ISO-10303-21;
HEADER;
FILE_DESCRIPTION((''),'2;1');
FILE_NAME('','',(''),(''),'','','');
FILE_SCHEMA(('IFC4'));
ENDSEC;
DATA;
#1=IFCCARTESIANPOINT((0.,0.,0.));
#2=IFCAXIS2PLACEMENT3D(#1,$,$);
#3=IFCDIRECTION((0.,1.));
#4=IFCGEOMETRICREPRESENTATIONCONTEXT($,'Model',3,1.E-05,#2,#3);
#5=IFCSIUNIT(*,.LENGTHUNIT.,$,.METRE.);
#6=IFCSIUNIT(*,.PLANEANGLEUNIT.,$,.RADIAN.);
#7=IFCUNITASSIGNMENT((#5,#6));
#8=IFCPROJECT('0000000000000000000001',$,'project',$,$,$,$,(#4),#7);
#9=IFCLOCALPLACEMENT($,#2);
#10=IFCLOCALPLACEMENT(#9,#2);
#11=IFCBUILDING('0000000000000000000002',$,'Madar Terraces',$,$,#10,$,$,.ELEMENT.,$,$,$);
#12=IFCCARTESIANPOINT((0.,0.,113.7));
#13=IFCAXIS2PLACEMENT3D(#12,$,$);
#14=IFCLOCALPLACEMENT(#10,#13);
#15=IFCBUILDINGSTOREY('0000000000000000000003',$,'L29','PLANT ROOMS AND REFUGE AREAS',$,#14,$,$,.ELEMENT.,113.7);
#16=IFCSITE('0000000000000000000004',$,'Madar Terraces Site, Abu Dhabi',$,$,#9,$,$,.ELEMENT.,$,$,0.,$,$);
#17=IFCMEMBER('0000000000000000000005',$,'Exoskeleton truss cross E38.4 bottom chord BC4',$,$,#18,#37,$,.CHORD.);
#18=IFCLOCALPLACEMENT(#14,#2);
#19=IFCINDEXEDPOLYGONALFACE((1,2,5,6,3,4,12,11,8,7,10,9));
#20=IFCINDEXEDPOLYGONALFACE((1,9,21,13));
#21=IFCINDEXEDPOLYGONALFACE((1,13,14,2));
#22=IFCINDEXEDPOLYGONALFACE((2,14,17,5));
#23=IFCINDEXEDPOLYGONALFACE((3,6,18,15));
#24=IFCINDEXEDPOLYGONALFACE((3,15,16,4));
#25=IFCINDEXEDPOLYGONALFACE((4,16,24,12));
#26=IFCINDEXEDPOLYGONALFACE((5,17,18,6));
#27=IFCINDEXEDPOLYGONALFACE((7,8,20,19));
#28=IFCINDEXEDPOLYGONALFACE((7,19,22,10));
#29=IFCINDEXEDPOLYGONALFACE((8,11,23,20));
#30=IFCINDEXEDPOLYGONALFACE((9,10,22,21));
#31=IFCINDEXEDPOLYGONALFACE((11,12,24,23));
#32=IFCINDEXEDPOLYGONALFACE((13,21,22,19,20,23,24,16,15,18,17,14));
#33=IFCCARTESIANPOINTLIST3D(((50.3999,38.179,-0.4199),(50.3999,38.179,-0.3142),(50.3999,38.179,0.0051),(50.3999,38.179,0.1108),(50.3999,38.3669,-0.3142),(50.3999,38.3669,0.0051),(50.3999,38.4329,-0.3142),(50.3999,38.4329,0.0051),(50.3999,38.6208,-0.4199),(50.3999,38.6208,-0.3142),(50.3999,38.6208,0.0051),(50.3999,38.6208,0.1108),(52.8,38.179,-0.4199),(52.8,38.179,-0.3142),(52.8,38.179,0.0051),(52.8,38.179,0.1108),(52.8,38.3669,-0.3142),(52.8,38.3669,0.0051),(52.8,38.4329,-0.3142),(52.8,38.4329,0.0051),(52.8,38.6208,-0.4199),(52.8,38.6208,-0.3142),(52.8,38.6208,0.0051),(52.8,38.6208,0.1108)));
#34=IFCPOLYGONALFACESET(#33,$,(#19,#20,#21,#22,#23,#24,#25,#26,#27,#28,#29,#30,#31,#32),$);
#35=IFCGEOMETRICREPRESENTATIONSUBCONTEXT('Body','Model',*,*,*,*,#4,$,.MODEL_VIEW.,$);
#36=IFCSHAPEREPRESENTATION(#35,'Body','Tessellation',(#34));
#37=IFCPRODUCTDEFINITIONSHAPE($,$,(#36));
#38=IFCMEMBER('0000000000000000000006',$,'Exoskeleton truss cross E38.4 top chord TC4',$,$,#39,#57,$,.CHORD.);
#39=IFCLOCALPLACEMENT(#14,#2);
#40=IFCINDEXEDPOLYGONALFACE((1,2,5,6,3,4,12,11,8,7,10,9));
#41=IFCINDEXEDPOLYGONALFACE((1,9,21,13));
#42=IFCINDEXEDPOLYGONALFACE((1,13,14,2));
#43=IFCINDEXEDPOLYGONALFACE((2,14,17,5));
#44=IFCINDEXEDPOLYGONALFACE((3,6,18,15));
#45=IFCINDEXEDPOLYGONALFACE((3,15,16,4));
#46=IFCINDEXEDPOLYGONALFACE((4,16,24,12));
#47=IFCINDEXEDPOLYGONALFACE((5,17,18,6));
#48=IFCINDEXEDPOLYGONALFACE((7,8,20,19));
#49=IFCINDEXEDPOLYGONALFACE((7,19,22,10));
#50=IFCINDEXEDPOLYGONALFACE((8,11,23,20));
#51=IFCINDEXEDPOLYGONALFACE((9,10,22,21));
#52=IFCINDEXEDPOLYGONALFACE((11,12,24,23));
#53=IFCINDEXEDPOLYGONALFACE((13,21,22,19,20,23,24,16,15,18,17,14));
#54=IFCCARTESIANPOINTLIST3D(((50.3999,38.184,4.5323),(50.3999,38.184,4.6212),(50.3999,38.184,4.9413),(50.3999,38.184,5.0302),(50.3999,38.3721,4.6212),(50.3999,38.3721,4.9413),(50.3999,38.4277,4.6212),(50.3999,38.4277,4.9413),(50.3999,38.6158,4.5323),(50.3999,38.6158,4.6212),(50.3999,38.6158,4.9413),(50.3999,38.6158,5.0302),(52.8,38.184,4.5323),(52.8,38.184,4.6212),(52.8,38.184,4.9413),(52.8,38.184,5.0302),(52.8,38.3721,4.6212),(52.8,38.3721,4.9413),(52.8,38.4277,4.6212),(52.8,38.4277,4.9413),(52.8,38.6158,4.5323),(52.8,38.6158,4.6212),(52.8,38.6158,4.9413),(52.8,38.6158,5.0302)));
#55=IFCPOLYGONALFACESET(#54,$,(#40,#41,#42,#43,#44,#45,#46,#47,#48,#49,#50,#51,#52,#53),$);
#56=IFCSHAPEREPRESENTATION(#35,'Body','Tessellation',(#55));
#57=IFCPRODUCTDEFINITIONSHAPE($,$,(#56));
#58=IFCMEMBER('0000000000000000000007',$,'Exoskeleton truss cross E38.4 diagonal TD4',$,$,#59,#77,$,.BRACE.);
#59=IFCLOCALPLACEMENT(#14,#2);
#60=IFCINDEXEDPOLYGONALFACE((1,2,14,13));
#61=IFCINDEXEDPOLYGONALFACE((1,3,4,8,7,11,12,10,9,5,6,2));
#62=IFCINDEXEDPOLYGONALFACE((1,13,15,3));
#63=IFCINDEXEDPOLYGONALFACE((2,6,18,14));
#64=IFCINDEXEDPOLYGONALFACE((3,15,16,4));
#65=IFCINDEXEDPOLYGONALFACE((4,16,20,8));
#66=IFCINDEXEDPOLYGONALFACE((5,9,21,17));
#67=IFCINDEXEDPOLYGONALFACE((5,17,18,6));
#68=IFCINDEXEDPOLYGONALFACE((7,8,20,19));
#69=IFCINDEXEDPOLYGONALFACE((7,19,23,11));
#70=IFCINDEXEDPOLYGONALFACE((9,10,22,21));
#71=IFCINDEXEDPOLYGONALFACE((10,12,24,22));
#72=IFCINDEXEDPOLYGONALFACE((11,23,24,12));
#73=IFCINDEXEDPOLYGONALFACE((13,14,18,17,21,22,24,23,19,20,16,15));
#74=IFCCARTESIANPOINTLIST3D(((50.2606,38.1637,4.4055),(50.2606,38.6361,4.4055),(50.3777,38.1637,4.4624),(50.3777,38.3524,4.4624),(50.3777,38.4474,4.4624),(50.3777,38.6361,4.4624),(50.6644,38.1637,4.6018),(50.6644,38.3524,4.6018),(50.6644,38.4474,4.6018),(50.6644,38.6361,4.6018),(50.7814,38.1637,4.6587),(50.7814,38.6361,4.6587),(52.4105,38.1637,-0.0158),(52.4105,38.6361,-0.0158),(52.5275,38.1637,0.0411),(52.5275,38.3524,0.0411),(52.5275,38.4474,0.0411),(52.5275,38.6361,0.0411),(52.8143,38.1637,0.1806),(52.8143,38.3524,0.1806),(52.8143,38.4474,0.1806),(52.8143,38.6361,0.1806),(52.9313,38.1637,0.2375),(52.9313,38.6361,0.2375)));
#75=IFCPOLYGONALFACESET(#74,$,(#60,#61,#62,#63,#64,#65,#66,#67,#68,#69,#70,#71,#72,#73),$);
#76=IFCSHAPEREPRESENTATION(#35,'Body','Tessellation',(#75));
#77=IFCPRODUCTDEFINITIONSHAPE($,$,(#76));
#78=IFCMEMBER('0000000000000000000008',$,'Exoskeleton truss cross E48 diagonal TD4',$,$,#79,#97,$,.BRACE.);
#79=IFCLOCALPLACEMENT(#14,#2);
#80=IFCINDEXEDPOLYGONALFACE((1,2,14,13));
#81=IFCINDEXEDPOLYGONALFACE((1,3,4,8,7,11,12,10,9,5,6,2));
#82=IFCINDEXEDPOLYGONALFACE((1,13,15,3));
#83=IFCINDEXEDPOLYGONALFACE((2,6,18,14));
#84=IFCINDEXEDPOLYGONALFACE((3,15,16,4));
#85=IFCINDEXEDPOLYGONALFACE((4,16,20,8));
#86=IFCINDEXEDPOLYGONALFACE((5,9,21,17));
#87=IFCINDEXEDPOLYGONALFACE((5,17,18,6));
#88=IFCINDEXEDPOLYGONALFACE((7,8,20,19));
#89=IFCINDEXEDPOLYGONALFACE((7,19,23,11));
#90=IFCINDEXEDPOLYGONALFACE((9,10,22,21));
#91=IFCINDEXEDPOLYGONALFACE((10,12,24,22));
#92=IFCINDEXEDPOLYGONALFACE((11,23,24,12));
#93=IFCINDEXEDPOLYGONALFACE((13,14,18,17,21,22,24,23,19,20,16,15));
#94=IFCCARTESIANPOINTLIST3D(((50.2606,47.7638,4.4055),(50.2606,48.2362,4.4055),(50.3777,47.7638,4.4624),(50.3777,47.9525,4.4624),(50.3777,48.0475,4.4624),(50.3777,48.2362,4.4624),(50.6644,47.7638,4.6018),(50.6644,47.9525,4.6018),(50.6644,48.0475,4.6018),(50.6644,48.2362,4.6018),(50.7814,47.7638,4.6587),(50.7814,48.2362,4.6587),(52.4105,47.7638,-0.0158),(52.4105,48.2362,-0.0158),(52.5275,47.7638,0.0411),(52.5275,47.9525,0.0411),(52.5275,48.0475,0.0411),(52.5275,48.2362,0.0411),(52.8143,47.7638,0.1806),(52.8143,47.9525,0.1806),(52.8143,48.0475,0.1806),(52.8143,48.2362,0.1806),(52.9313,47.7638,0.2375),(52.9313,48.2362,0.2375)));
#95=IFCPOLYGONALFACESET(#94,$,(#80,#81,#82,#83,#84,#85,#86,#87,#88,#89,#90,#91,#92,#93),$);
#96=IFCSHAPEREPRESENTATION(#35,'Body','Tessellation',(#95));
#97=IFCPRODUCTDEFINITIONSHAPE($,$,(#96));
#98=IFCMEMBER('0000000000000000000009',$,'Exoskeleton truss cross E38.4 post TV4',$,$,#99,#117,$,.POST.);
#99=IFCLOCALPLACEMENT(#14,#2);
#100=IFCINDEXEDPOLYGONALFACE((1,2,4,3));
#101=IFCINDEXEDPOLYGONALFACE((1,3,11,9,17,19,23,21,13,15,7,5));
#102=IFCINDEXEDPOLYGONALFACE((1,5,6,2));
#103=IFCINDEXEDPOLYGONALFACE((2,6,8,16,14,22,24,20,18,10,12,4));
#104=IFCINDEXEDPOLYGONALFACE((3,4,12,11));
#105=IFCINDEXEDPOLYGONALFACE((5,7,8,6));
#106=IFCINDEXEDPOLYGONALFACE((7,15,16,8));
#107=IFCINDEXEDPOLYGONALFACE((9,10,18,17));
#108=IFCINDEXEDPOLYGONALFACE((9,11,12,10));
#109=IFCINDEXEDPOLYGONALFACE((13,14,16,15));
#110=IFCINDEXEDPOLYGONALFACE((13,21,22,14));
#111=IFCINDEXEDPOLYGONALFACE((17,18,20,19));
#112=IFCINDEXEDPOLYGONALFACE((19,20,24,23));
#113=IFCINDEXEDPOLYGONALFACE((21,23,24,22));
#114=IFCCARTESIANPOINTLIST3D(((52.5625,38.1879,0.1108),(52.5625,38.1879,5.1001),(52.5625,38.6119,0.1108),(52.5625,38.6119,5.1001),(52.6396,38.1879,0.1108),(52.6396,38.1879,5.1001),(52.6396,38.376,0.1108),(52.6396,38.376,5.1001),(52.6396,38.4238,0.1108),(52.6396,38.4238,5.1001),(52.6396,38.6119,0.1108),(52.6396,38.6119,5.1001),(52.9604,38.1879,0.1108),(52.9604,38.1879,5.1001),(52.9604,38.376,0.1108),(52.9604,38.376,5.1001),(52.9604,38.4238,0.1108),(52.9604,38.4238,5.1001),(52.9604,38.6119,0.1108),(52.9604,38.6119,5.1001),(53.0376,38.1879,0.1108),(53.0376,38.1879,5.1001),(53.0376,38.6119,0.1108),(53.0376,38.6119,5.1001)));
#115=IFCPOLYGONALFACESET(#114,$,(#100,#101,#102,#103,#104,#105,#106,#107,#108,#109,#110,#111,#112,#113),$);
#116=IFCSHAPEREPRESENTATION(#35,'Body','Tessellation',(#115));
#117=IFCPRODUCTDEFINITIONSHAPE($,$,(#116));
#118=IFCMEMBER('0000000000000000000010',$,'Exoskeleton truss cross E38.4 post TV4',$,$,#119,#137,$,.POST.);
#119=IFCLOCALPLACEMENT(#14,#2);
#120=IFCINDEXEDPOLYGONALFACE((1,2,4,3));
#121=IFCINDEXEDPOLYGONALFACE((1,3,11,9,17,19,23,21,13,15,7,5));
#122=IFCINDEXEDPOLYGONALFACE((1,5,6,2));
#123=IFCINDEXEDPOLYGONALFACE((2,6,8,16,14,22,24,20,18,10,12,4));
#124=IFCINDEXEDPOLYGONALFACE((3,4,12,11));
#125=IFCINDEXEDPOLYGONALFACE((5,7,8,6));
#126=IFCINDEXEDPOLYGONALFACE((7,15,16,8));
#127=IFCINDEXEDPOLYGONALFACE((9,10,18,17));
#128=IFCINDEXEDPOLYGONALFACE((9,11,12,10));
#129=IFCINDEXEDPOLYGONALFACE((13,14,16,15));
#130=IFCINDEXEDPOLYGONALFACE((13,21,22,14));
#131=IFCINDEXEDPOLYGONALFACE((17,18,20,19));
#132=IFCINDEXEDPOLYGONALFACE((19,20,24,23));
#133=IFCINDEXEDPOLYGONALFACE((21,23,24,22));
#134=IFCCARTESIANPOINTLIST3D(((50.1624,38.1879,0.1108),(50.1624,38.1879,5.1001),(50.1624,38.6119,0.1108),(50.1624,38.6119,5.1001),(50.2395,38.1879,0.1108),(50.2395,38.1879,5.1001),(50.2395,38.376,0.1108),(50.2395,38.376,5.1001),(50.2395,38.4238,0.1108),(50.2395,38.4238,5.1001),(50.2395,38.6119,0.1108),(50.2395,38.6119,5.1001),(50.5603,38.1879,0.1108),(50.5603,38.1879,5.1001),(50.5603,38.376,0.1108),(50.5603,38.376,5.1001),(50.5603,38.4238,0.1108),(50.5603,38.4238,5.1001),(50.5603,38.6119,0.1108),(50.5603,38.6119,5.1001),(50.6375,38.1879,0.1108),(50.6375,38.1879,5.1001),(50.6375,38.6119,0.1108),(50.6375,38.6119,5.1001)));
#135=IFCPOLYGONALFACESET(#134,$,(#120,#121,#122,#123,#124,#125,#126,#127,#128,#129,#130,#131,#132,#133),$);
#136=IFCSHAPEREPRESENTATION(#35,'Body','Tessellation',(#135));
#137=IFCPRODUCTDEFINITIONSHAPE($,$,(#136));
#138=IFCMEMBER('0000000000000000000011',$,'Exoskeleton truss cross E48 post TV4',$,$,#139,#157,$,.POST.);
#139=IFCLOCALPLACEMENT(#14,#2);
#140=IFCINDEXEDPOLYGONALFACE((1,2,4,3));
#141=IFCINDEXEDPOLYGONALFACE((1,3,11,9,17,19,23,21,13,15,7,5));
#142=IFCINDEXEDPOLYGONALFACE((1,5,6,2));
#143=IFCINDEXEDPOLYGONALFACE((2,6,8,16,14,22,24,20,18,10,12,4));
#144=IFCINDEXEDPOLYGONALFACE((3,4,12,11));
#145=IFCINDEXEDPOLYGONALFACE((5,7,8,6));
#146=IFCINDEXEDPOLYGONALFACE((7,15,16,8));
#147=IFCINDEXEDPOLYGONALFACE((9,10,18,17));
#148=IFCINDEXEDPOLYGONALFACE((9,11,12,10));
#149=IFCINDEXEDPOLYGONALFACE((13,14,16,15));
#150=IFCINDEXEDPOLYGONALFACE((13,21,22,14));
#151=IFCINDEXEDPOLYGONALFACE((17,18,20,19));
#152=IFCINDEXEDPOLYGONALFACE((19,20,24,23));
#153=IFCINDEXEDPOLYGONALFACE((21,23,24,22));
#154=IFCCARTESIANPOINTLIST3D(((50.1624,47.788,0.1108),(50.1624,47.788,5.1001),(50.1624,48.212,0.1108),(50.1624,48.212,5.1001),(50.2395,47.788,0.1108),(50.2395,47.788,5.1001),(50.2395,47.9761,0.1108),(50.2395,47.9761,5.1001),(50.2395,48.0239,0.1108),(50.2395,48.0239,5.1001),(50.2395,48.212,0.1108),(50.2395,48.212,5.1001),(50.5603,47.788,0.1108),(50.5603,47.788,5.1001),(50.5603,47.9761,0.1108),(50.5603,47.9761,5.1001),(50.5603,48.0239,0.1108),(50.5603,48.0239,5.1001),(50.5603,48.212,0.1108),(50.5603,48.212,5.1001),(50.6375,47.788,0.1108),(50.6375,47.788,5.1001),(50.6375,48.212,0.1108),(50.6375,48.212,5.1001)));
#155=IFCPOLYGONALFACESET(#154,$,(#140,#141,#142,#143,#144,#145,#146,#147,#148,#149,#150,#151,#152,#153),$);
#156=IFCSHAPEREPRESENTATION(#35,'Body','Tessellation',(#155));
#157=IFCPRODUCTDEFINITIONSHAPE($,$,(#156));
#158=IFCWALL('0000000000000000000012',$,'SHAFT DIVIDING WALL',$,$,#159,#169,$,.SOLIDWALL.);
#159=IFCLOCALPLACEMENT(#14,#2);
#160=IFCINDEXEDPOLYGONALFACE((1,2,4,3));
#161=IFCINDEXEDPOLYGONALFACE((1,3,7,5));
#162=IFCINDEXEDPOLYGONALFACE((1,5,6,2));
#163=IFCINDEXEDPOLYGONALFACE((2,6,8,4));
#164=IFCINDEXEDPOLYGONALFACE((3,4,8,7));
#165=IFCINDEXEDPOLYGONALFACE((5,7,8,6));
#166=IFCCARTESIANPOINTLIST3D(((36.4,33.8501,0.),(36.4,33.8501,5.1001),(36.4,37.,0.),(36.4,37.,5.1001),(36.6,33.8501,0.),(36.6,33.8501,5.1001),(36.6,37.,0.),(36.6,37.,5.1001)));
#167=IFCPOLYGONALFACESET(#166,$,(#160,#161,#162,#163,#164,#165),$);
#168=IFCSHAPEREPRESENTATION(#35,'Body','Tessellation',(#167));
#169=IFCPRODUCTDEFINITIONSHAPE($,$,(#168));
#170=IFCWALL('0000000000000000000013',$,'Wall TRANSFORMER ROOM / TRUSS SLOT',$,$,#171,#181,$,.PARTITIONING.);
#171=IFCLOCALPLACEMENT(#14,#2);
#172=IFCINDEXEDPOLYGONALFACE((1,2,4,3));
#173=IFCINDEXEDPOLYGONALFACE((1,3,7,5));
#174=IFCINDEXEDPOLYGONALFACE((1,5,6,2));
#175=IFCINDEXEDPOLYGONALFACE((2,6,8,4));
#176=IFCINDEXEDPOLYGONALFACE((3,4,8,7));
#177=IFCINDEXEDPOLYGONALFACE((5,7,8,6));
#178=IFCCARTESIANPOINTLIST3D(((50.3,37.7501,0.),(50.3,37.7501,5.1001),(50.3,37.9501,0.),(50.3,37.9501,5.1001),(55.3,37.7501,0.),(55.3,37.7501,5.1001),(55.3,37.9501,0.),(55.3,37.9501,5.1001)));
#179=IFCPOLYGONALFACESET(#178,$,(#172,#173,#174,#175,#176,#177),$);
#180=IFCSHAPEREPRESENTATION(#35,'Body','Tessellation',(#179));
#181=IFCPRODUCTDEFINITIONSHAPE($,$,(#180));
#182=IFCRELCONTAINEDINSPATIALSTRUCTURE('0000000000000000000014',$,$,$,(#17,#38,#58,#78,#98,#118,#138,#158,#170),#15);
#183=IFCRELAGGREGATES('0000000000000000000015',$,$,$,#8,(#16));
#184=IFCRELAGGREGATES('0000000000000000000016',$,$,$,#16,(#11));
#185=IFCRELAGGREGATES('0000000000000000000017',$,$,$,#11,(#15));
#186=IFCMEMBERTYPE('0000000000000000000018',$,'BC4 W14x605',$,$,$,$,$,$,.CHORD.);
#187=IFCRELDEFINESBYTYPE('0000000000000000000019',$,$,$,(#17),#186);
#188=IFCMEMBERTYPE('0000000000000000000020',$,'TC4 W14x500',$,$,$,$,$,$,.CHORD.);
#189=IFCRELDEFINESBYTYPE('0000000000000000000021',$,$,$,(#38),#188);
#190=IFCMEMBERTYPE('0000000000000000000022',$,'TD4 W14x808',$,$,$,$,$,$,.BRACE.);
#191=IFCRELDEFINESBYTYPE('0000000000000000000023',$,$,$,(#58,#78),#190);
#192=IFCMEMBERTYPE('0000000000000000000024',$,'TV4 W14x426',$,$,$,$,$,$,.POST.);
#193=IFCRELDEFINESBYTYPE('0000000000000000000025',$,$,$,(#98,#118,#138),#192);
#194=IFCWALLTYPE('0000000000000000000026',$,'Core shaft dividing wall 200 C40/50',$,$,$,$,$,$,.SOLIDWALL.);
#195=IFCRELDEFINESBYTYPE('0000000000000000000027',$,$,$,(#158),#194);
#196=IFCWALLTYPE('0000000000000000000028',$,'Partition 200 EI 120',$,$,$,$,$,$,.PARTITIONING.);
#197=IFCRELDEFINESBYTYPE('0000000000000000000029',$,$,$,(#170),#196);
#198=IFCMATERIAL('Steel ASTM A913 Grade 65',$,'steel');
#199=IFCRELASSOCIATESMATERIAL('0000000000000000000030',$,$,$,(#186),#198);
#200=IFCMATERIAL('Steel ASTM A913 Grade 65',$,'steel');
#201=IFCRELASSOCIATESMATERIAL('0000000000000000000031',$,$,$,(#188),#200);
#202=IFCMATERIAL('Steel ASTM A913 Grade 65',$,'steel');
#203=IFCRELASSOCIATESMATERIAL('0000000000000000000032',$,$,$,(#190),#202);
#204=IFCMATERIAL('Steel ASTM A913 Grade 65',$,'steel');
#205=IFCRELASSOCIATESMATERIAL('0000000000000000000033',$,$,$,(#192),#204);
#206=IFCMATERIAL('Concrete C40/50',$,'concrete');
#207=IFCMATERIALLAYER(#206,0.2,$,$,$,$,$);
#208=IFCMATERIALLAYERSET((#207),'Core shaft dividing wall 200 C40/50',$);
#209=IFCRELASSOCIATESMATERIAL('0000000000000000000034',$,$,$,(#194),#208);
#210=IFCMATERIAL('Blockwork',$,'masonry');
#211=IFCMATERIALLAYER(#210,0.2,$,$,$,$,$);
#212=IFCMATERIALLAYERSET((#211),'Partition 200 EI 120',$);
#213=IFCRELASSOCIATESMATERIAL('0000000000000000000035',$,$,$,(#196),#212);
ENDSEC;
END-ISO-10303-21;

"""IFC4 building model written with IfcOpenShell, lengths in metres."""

from ifc_helpers import new_model, si_unit, direction, frame, frame_2d, origin, origin_2d, place, context, subcontext, project, spatial, rectangle, i_section, extrude, material, layer, layer_set, material_profile, profile_set, type_object, element, save


model = new_model("IFC4")

# Units and contexts
model_context = context("Model", 3, precision=1e-05, world=origin(), true_north=direction((0.0, 1.0)))
body_context = subcontext(model_context, "Body", "Model", "MODEL_VIEW")
ifc_project = project(units=[si_unit("LENGTHUNIT", "METRE"), si_unit("PLANEANGLEUNIT", "RADIAN")], contexts=[model_context])

# Site, building, storey
site_placement = place(None, origin())
site = spatial("IfcSite", under=ifc_project, at=site_placement, Name="Madar Terraces Site, Abu Dhabi", CompositionType="ELEMENT", RefElevation=0.0)
building_placement = place(site_placement, origin())
building = spatial("IfcBuilding", under=site, at=building_placement, Name="Madar Terraces", CompositionType="ELEMENT")
storey_placement = place(building_placement, frame((0.0, 0.0, 113.7)))
storey = spatial("IfcBuildingStorey", under=building, at=storey_placement, Name="L29", Description="PLANT ROOMS AND REFUGE AREAS", CompositionType="ELEMENT", Elevation=113.7)

# Members
ifc_material_1 = material(Name="Steel ASTM A913 Grade 65", Category="steel")
ifc_material_profile_1 = material_profile(ifc_material_1, i_section(OverallWidth=0.4419, OverallDepth=0.5308, WebThickness=0.0659, FlangeThickness=0.1057, at=origin_2d()), Name="W14x605")
ifc_profile_set_1 = profile_set([ifc_material_profile_1], Name="Steel ASTM A913 Grade 65")
member_type_1 = type_object("IfcMemberType", Name="BC4 W14x605", PredefinedType="CHORD", material=ifc_profile_set_1)
member_1_placement = place(storey_placement, frame((52.8, 38.3999, -0.1545), z_axis=(-1.0, 0.0, 0.0), x_axis=(0.0, -1.0, 0.0)))
element("IfcMember", 1, at=member_1_placement, inside=storey, type_object=member_type_1, Name="Exoskeleton truss cross E38.4 bottom chord BC4", PredefinedType="CHORD", context=body_context, shape_type="SweptSolid", body=[
    extrude(i_section(OverallWidth=0.4419, OverallDepth=0.5308, WebThickness=0.0659, FlangeThickness=0.1057, at=origin_2d()), origin(), (0.0, 0.0, 1.0), 2.4001),
])
ifc_material_2 = material(Name="Steel ASTM A913 Grade 65", Category="steel")
ifc_material_profile_2 = material_profile(ifc_material_2, i_section(OverallWidth=0.4319, OverallDepth=0.4978, WebThickness=0.0557, FlangeThickness=0.0889, at=origin_2d()), Name="W14x500")
ifc_profile_set_2 = profile_set([ifc_material_profile_2], Name="Steel ASTM A913 Grade 65")
member_type_2 = type_object("IfcMemberType", Name="TC4 W14x500", PredefinedType="CHORD", material=ifc_profile_set_2)
member_2_placement = place(storey_placement, frame((52.8, 38.3999, 4.7812), z_axis=(-1.0, 0.0, 0.0), x_axis=(0.0, -1.0, 0.0)))
element("IfcMember", 2, at=member_2_placement, inside=storey, type_object=member_type_2, Name="Exoskeleton truss cross E38.4 top chord TC4", PredefinedType="CHORD", context=body_context, shape_type="SweptSolid", body=[
    extrude(i_section(OverallWidth=0.4319, OverallDepth=0.4978, WebThickness=0.0557, FlangeThickness=0.0889, at=origin_2d()), origin(), (0.0, 0.0, 1.0), 2.4001),
])
ifc_material_3 = material(Name="Steel ASTM A913 Grade 65", Category="steel")
ifc_material_profile_3 = material_profile(ifc_material_3, i_section(OverallWidth=0.4724, OverallDepth=0.5791, WebThickness=0.095, FlangeThickness=0.1301, at=origin_2d()), Name="W14x808")
ifc_profile_set_3 = profile_set([ifc_material_profile_3], Name="Steel ASTM A913 Grade 65")
member_type_3 = type_object("IfcMemberType", Name="TD4 W14x808", PredefinedType="BRACE", material=ifc_profile_set_3)
for number, where, z_axis, x_axis, name in (
    (3, (52.6709, 38.3999, 0.1108), (-0.437294, 0.0, 0.899318), (0.0, -1.0, 0.0), "Exoskeleton truss cross E38.4 diagonal TD4"),
    (4, (52.6709, 48.0, 0.1108), (-0.437294, 0.0, 0.899318), (0.0, -1.0, 0.0), "Exoskeleton truss cross E48 diagonal TD4"),
):
    element("IfcMember", number, at=place(storey_placement, frame(where, z_axis=z_axis, x_axis=x_axis)), inside=storey, type_object=member_type_3, Name=name, PredefinedType="BRACE", context=body_context, shape_type="SweptSolid", body=[
        extrude(i_section(OverallWidth=0.4724, OverallDepth=0.5791, WebThickness=0.095, FlangeThickness=0.1301, at=origin_2d()), origin(), (0.0, 0.0, 1.0), 4.9163),
    ])
ifc_material_4 = material(Name="Steel ASTM A913 Grade 65", Category="steel")
ifc_material_profile_4 = material_profile(ifc_material_4, i_section(OverallWidth=0.4241, OverallDepth=0.4751, WebThickness=0.0479, FlangeThickness=0.0771, at=origin_2d()), Name="W14x426")
ifc_profile_set_4 = profile_set([ifc_material_profile_4], Name="Steel ASTM A913 Grade 65")
member_type_4 = type_object("IfcMemberType", Name="TV4 W14x426", PredefinedType="POST", material=ifc_profile_set_4)
for number, where, z_axis, x_axis, name in (
    (5, (52.8, 38.3999, 0.1108), (0.0, 0.0, 1.0), (0.0, 1.0, 0.0), "Exoskeleton truss cross E38.4 post TV4"),
    (6, (50.3999, 38.3999, 0.1108), (0.0, 0.0, 1.0), (0.0, 1.0, 0.0), "Exoskeleton truss cross E38.4 post TV4"),
    (7, (50.3999, 48.0, 0.1108), (0.0, 0.0, 1.0), (0.0, 1.0, 0.0), "Exoskeleton truss cross E48 post TV4"),
):
    element("IfcMember", number, at=place(storey_placement, frame(where, z_axis=z_axis, x_axis=x_axis)), inside=storey, type_object=member_type_4, Name=name, PredefinedType="POST", context=body_context, shape_type="SweptSolid", body=[
        extrude(i_section(OverallWidth=0.4241, OverallDepth=0.4751, WebThickness=0.0479, FlangeThickness=0.0771, at=origin_2d()), origin(), (0.0, 0.0, 1.0), 4.9893),
    ])

# Walls
ifc_material_5 = material(Name="Concrete C40/50", Category="concrete")
ifc_layer_1 = layer(ifc_material_5, 0.2)
ifc_layer_set_1 = layer_set([ifc_layer_1], Name="Core shaft dividing wall 200 C40/50")
wall_type_1 = type_object("IfcWallType", Name="Core shaft dividing wall 200 C40/50", PredefinedType="SOLIDWALL", material=ifc_layer_set_1)
wall_1_placement = place(storey_placement, frame((36.5, 33.8501, 0.0), z_axis=(0.0, 0.0, 1.0), x_axis=(0.0, 1.0, 0.0)))
element("IfcWall", 8, at=wall_1_placement, inside=storey, type_object=wall_type_1, Name="SHAFT DIVIDING WALL", PredefinedType="SOLIDWALL", context=body_context, shape_type="SweptSolid", body=[
    extrude(rectangle(XDim=3.1499, YDim=0.2, at=frame_2d((1.575, 0.0))), origin(), (0.0, 0.0, 1.0), 5.1001),
])
ifc_material_6 = material(Name="Blockwork", Category="masonry")
ifc_layer_2 = layer(ifc_material_6, 0.2)
ifc_layer_set_2 = layer_set([ifc_layer_2], Name="Partition 200 EI 120")
wall_type_2 = type_object("IfcWallType", Name="Partition 200 EI 120", PredefinedType="PARTITIONING", material=ifc_layer_set_2)
wall_2_placement = place(storey_placement, frame((50.3, 37.8501, 0.0), z_axis=(0.0, 0.0, 1.0), x_axis=(1.0, 0.0, 0.0)))
element("IfcWall", 9, at=wall_2_placement, inside=storey, type_object=wall_type_2, Name="Wall TRANSFORMER ROOM / TRUSS SLOT", PredefinedType="PARTITIONING", context=body_context, shape_type="SweptSolid", body=[
    extrude(rectangle(XDim=5.0, YDim=0.2, at=frame_2d((2.5, 0.0))), origin(), (0.0, 0.0, 1.0), 5.1001),
])

save(model, "model.ifc")
